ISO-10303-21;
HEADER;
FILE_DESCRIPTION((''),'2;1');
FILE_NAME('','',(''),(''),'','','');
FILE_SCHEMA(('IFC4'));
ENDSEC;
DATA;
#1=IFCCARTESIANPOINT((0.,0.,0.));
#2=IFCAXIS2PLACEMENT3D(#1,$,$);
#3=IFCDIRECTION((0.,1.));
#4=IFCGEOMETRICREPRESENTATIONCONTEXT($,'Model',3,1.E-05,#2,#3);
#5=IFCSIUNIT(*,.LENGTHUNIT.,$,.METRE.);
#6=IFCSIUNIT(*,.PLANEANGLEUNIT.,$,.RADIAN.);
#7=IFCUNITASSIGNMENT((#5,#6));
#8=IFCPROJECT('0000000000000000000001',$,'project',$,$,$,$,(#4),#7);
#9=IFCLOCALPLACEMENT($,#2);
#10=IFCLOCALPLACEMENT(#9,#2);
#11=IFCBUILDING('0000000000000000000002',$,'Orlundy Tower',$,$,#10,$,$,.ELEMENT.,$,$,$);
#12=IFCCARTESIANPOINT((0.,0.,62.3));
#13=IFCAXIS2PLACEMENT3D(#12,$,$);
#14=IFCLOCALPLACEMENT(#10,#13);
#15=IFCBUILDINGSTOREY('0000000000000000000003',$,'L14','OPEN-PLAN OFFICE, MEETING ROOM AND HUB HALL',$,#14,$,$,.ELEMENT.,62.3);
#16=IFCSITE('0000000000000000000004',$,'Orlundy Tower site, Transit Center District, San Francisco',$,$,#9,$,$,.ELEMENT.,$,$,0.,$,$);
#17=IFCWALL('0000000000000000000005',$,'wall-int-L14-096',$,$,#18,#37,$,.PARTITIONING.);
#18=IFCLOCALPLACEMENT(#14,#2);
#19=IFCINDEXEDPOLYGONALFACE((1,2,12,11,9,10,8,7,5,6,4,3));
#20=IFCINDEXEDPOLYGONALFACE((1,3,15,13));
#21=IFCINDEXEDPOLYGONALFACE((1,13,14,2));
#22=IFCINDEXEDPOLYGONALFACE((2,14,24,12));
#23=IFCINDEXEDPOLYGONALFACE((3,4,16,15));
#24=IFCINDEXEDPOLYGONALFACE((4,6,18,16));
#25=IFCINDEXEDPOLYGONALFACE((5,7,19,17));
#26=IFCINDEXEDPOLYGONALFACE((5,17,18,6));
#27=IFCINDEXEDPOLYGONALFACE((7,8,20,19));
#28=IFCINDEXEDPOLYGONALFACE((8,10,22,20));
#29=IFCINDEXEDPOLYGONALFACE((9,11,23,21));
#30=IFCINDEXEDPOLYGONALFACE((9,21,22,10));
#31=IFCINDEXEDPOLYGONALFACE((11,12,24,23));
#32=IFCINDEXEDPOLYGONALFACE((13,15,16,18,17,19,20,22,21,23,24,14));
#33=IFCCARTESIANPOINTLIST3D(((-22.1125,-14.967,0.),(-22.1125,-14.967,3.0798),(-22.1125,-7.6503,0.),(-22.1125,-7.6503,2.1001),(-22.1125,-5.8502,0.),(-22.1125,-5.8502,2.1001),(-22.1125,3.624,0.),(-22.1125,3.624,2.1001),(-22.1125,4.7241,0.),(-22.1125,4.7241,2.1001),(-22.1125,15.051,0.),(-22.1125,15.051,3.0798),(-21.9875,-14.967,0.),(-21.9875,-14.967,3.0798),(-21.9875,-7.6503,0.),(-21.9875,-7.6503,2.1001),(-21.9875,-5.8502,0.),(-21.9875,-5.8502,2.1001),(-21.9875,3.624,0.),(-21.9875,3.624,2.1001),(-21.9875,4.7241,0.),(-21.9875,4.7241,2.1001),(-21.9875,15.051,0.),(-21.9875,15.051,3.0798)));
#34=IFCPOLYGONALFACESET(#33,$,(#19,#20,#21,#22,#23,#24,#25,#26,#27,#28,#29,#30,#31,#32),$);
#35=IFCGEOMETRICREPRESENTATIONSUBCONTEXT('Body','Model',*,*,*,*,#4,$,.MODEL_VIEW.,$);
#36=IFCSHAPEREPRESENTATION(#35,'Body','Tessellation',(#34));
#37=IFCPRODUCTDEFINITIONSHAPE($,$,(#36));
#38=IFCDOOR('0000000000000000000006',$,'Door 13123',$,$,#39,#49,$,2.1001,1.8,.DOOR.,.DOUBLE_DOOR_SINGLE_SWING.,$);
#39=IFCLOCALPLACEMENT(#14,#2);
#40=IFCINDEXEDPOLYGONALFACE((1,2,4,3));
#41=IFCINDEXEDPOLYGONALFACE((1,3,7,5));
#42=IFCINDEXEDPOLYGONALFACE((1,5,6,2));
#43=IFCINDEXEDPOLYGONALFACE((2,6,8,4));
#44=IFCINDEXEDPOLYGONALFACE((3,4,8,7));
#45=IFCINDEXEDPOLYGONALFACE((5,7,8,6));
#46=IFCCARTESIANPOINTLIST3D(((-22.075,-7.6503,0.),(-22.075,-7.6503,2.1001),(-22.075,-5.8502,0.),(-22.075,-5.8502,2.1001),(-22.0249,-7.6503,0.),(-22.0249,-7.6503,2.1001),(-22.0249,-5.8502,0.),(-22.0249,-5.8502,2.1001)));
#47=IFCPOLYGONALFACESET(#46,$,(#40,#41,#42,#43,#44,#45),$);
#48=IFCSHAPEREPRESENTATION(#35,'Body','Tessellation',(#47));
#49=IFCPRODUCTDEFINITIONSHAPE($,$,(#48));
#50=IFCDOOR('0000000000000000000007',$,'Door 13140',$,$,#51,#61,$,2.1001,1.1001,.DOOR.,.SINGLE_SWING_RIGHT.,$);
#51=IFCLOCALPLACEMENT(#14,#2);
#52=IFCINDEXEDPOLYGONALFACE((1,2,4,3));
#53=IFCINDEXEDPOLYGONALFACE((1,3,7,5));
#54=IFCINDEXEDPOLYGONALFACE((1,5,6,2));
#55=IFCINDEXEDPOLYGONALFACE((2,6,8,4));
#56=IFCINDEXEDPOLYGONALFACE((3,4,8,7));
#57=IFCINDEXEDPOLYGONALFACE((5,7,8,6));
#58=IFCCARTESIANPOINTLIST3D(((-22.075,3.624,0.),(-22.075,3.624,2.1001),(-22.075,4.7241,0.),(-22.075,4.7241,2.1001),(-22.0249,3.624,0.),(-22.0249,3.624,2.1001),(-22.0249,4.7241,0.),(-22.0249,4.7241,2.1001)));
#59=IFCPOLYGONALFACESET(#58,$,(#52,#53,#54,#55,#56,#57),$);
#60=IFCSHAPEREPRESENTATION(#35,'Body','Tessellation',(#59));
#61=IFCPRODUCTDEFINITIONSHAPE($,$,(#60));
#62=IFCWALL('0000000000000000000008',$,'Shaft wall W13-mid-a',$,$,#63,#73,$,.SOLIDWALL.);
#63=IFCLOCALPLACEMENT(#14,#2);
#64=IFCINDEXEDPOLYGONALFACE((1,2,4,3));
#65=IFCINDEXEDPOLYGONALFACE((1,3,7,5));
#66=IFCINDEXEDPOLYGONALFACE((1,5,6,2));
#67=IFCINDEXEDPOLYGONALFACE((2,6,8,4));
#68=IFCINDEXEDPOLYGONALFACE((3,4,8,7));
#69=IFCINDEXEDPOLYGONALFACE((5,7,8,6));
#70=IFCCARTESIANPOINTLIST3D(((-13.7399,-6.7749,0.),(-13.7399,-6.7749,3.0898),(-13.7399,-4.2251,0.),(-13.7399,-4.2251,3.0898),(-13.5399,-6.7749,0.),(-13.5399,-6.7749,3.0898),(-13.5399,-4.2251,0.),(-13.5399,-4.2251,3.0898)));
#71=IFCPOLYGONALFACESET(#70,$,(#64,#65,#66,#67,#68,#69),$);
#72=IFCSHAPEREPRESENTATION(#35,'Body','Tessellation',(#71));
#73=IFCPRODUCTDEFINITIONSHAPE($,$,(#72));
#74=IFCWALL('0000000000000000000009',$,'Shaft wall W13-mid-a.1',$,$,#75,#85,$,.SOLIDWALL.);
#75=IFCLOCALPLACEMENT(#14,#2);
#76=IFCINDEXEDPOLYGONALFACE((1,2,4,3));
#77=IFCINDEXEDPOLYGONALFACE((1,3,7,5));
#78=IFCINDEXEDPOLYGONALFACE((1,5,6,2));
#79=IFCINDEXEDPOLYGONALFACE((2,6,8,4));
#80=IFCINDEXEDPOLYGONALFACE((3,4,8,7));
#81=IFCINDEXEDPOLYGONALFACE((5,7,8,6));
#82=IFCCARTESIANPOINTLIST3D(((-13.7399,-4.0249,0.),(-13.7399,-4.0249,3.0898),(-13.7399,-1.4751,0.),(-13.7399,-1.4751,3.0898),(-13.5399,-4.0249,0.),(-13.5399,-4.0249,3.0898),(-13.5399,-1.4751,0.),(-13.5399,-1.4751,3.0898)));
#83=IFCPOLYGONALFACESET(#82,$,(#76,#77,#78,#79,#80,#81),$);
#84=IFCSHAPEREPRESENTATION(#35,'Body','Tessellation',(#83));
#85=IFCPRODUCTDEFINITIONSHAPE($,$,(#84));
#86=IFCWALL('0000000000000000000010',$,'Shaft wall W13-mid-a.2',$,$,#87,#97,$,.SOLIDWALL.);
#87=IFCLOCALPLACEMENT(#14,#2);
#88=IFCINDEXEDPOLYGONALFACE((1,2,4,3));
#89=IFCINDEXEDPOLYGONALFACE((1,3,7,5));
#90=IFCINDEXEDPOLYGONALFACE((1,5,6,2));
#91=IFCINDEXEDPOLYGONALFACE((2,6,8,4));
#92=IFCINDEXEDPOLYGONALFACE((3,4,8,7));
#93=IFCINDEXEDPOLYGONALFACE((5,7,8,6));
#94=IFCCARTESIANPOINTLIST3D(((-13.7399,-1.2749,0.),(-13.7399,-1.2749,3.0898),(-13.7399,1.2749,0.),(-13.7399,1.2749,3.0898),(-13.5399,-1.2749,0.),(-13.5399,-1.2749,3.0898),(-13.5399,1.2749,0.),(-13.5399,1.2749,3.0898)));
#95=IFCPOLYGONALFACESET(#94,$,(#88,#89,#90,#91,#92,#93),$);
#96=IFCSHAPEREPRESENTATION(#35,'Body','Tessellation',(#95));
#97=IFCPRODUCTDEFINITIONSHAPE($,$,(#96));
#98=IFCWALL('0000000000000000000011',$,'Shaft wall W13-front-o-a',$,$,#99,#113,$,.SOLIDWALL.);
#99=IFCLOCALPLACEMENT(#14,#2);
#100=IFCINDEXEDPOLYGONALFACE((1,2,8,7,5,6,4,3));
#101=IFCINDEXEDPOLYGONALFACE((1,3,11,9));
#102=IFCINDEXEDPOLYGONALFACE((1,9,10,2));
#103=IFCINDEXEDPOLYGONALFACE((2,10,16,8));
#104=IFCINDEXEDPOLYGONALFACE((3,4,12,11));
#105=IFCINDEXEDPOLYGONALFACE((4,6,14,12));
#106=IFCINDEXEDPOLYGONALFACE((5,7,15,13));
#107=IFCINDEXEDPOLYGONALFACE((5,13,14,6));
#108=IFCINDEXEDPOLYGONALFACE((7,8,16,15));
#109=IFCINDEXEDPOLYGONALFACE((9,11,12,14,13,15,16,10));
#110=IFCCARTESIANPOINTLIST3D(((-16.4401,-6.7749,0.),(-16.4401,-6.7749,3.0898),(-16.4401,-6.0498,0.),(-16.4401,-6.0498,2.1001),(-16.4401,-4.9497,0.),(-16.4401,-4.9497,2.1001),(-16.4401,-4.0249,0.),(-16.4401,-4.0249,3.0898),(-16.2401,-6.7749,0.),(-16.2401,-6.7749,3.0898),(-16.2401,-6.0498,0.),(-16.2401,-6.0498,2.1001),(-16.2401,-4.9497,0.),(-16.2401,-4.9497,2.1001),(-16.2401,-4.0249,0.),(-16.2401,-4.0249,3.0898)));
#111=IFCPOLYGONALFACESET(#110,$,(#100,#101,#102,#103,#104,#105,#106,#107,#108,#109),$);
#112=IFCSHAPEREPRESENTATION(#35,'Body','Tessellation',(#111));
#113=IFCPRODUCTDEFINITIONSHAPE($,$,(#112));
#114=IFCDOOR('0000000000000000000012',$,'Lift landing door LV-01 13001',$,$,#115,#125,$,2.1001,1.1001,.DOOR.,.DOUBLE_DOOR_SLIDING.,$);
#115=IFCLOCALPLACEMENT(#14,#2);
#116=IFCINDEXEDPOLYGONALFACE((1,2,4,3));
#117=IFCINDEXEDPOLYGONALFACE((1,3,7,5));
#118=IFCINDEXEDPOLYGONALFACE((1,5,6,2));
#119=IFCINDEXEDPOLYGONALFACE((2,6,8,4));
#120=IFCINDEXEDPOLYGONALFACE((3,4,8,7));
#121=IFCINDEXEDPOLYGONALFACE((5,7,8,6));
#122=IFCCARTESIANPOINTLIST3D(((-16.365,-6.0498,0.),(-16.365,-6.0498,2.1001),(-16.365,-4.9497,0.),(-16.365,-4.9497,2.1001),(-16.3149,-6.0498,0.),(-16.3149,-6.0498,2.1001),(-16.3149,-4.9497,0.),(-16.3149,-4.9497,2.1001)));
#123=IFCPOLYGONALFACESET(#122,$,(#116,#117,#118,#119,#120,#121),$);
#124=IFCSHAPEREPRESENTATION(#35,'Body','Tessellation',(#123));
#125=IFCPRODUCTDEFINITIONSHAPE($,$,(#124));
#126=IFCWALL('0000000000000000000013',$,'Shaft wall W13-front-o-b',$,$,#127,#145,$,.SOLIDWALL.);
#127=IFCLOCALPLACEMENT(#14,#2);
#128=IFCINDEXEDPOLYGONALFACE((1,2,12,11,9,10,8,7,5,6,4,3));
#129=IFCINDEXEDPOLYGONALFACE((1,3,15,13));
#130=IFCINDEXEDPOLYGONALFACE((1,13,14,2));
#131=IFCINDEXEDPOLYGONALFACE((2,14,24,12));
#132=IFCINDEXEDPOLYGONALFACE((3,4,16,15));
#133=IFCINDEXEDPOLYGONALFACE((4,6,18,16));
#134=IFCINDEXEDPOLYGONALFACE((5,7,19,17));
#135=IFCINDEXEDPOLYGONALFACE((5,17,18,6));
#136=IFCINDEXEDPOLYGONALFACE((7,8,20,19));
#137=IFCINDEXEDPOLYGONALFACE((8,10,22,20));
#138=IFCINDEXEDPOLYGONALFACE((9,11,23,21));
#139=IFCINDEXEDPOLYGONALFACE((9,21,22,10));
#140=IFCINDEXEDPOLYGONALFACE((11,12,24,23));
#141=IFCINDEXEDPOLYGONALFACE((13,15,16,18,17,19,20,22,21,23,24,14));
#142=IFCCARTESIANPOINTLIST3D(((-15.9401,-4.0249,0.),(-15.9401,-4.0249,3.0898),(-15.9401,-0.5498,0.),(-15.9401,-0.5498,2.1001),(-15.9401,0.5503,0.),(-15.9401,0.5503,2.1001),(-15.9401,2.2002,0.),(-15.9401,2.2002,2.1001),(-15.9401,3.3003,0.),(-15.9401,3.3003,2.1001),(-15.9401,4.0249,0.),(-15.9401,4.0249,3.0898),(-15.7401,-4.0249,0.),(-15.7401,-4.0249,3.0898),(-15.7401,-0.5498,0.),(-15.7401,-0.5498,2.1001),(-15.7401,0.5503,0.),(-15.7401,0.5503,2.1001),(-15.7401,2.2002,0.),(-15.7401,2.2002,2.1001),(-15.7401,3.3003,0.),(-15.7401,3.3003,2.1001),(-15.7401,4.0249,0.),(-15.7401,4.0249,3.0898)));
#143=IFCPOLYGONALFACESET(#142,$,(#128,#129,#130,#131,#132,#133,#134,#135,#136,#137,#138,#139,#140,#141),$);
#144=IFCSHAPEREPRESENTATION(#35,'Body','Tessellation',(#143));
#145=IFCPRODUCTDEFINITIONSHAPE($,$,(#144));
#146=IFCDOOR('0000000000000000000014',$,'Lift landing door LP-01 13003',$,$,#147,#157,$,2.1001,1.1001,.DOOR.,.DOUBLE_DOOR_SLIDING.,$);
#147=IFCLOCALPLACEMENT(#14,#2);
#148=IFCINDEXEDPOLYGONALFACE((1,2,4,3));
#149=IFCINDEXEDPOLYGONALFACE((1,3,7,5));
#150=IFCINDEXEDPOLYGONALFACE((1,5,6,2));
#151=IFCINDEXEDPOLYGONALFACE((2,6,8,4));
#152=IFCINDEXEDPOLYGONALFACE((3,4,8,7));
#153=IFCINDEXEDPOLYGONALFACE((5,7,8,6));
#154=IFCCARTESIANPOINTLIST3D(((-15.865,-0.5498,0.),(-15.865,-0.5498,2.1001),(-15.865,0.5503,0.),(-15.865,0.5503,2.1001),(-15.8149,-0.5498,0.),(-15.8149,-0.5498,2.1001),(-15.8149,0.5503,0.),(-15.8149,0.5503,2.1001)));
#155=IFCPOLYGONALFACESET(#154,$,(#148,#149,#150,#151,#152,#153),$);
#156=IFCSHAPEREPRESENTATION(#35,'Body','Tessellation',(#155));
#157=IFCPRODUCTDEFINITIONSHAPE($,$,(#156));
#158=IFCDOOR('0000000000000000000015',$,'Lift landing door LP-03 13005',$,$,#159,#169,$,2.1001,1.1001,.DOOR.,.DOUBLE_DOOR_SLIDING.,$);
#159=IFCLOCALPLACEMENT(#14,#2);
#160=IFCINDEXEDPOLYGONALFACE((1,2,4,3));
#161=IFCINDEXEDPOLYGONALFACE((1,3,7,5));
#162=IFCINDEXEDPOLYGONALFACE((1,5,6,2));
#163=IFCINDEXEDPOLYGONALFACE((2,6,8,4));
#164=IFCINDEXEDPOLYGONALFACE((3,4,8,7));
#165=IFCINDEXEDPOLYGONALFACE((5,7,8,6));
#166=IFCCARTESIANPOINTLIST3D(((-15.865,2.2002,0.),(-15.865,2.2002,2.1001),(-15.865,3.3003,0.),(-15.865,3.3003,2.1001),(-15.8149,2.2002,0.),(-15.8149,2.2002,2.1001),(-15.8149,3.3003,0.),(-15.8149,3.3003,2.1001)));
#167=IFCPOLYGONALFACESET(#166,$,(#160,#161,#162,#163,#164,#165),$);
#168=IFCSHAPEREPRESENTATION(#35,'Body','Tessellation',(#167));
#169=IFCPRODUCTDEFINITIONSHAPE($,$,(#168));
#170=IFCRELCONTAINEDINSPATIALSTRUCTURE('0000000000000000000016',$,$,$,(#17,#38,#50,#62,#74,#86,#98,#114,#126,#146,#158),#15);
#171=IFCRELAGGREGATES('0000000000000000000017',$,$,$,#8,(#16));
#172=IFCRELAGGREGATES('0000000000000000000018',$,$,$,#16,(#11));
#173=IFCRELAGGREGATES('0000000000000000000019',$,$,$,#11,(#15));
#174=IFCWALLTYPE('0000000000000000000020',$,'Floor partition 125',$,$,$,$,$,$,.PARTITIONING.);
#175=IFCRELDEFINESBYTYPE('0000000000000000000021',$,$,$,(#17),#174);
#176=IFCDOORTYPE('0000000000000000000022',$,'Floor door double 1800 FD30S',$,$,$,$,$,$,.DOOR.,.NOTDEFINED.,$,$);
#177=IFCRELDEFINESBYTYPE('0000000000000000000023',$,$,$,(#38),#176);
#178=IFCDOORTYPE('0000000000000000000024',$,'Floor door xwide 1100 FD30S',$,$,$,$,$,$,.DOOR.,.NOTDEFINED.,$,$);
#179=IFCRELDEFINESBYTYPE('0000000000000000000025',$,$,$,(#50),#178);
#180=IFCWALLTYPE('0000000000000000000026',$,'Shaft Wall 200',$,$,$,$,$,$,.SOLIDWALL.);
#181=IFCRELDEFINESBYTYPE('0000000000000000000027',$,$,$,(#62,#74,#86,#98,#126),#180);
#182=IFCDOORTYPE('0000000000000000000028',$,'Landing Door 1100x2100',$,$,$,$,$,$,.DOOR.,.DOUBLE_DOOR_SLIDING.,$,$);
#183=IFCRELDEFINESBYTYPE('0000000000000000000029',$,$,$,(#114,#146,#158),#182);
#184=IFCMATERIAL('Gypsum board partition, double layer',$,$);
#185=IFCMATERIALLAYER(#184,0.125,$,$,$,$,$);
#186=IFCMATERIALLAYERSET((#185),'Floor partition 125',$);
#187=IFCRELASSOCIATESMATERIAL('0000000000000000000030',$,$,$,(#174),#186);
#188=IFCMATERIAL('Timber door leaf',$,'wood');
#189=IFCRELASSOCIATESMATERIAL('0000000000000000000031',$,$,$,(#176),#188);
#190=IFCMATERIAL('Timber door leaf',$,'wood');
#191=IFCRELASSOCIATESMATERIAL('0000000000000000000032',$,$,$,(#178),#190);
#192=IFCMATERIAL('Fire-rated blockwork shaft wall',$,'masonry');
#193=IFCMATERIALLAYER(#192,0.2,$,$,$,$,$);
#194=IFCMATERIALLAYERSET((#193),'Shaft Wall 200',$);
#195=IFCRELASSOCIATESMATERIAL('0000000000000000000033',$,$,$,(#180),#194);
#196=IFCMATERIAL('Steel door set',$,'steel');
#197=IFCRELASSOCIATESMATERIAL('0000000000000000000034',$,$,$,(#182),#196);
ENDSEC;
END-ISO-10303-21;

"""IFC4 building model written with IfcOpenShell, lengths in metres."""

from ifc_helpers import new_model, si_unit, direction, frame, frame_2d, origin, place, context, subcontext, project, spatial, rectangle, extrude, material, layer, layer_set, type_object, element, fill, save


model = new_model("IFC4")

# Units and contexts
model_context = context("Model", 3, precision=1e-05, world=origin(), true_north=direction((0.0, 1.0)))
body_context = subcontext(model_context, "Body", "Model", "MODEL_VIEW")
ifc_project = project(units=[si_unit("LENGTHUNIT", "METRE"), si_unit("PLANEANGLEUNIT", "RADIAN")], contexts=[model_context])

# Site, building, storey
site_placement = place(None, origin())
site = spatial("IfcSite", under=ifc_project, at=site_placement, Name="Orlundy Tower site, Transit Center District, San Francisco", CompositionType="ELEMENT", RefElevation=0.0)
building_placement = place(site_placement, origin())
building = spatial("IfcBuilding", under=site, at=building_placement, Name="Orlundy Tower", CompositionType="ELEMENT")
storey_placement = place(building_placement, frame((0.0, 0.0, 62.3)))
storey = spatial("IfcBuildingStorey", under=building, at=storey_placement, Name="L14", Description="OPEN-PLAN OFFICE, MEETING ROOM AND HUB HALL", CompositionType="ELEMENT", Elevation=62.3)

# Shared definitions
ifc_material_1 = material(Name="Gypsum board partition, double layer")
ifc_layer_1 = layer(ifc_material_1, 0.125)
ifc_layer_set_1 = layer_set([ifc_layer_1], Name="Floor partition 125")
wall_type_1 = type_object("IfcWallType", Name="Floor partition 125", PredefinedType="PARTITIONING", material=ifc_layer_set_1)

# Wall, openings, doors
wall_1_placement = place(storey_placement, frame((-22.05, -14.967, 0.0), z_axis=(0.0, 0.0, 1.0), x_axis=(0.0, 1.0, 0.0)))
wall_1 = element("IfcWall", 1, at=wall_1_placement, inside=storey, type_object=wall_type_1, Name="wall-int-L14-096", PredefinedType="PARTITIONING", context=body_context, shape_type="SweptSolid", body=[
    extrude(rectangle(XDim=30.0181, YDim=0.125, at=frame_2d((15.009, 0.0))), origin(), (0.0, 0.0, 1.0), 3.0798),
])
opening_1_placement = place(wall_1_placement, frame((7.3169, 0.0, 0.0)))
opening_1 = element("IfcOpeningElement", 2, at=opening_1_placement, cuts=wall_1, PredefinedType="OPENING", context=body_context, shape_type="SweptSolid", body=[
    extrude(rectangle(XDim=1.8, YDim=2.1001, at=frame_2d((0.8999, 1.05))), frame((0.0, 0.0725, 0.0), z_axis=(0.0, -1.0, 0.0), x_axis=(1.0, 0.0, 0.0)), (0.0, 0.0, 1.0), 0.145),
])
opening_2_placement = place(wall_1_placement, frame((18.5911, 0.0, 0.0)))
opening_2 = element("IfcOpeningElement", 3, at=opening_2_placement, cuts=wall_1, PredefinedType="OPENING", context=body_context, shape_type="SweptSolid", body=[
    extrude(rectangle(XDim=1.1001, YDim=2.1001, at=frame_2d((0.55, 1.05))), frame((0.0, 0.0725, 0.0), z_axis=(0.0, -1.0, 0.0), x_axis=(1.0, 0.0, 0.0)), (0.0, 0.0, 1.0), 0.145),
])
ifc_material_2 = material(Name="Timber door leaf", Category="wood")
door_type_1 = type_object("IfcDoorType", Name="Floor door double 1800 FD30S", OperationType="NOTDEFINED", PredefinedType="DOOR", material=ifc_material_2)
door_1_placement = place(opening_1_placement, origin())
door_1 = element("IfcDoor", 4, at=door_1_placement, inside=storey, type_object=door_type_1, Name="Door 13123", OperationType="DOUBLE_DOOR_SINGLE_SWING", OverallHeight=2.1001, OverallWidth=1.8, PredefinedType="DOOR", context=body_context, shape_type="SweptSolid", body=[
    extrude(rectangle(XDim=1.8, YDim=2.1001, at=frame_2d((0.8999, 1.05))), frame((0.0, 0.0249, 0.0), z_axis=(0.0, -1.0, 0.0), x_axis=(1.0, 0.0, 0.0)), (0.0, 0.0, 1.0), 0.05),
])
fill(opening_1, door_1)
ifc_material_3 = material(Name="Timber door leaf", Category="wood")
door_type_2 = type_object("IfcDoorType", Name="Floor door xwide 1100 FD30S", OperationType="NOTDEFINED", PredefinedType="DOOR", material=ifc_material_3)
door_2_placement = place(opening_2_placement, origin())
door_2 = element("IfcDoor", 5, at=door_2_placement, inside=storey, type_object=door_type_2, Name="Door 13140", OperationType="SINGLE_SWING_RIGHT", OverallHeight=2.1001, OverallWidth=1.1001, PredefinedType="DOOR", context=body_context, shape_type="SweptSolid", body=[
    extrude(rectangle(XDim=1.1001, YDim=2.1001, at=frame_2d((0.55, 1.05))), frame((0.0, 0.0249, 0.0), z_axis=(0.0, -1.0, 0.0), x_axis=(1.0, 0.0, 0.0)), (0.0, 0.0, 1.0), 0.05),
])
fill(opening_2, door_2)

# Walls
ifc_material_4 = material(Name="Fire-rated blockwork shaft wall", Category="masonry")
ifc_layer_2 = layer(ifc_material_4, 0.2)
ifc_layer_set_2 = layer_set([ifc_layer_2], Name="Shaft Wall 200")
wall_type_2 = type_object("IfcWallType", Name="Shaft Wall 200", PredefinedType="SOLIDWALL", material=ifc_layer_set_2)
for number, where, z_axis, x_axis, name in (
    (6, (-13.6399, -6.7749, 0.0), (0.0, 0.0, 1.0), (0.0, 1.0, 0.0), "Shaft wall W13-mid-a"),
    (7, (-13.6399, -4.0249, 0.0), (0.0, 0.0, 1.0), (0.0, 1.0, 0.0), "Shaft wall W13-mid-a.1"),
    (8, (-13.6399, -1.2749, 0.0), (0.0, 0.0, 1.0), (0.0, 1.0, 0.0), "Shaft wall W13-mid-a.2"),
):
    element("IfcWall", number, at=place(storey_placement, frame(where, z_axis=z_axis, x_axis=x_axis)), inside=storey, type_object=wall_type_2, Name=name, PredefinedType="SOLIDWALL", context=body_context, shape_type="SweptSolid", body=[
        extrude(rectangle(XDim=2.5498, YDim=0.2, at=frame_2d((1.2749, 0.0))), origin(), (0.0, 0.0, 1.0), 3.0898),
    ])

# Wall, opening, door
wall_2_placement = place(storey_placement, frame((-16.3401, -6.7749, 0.0), z_axis=(0.0, 0.0, 1.0), x_axis=(0.0, 1.0, 0.0)))
wall_2 = element("IfcWall", 9, at=wall_2_placement, inside=storey, type_object=wall_type_2, Name="Shaft wall W13-front-o-a", PredefinedType="SOLIDWALL", context=body_context, shape_type="SweptSolid", body=[
    extrude(rectangle(XDim=2.75, YDim=0.2, at=frame_2d((1.375, 0.0))), origin(), (0.0, 0.0, 1.0), 3.0898),
])
opening_3_placement = place(wall_2_placement, frame((0.7251, 0.0, 0.0)))
opening_3 = element("IfcOpeningElement", 10, at=opening_3_placement, cuts=wall_2, PredefinedType="OPENING", context=body_context, shape_type="SweptSolid", body=[
    extrude(rectangle(XDim=1.1001, YDim=2.1001, at=frame_2d((0.55, 1.05))), frame((0.0, 0.1101, 0.0), z_axis=(0.0, -1.0, 0.0), x_axis=(1.0, 0.0, 0.0)), (0.0, 0.0, 1.0), 0.2202),
])
ifc_material_5 = material(Name="Steel door set", Category="steel")
door_type_3 = type_object("IfcDoorType", Name="Landing Door 1100x2100", OperationType="DOUBLE_DOOR_SLIDING", PredefinedType="DOOR", material=ifc_material_5)
door_3_placement = place(opening_3_placement, origin())
door_3 = element("IfcDoor", 11, at=door_3_placement, inside=storey, type_object=door_type_3, Name="Lift landing door LV-01 13001", OperationType="DOUBLE_DOOR_SLIDING", OverallHeight=2.1001, OverallWidth=1.1001, PredefinedType="DOOR", context=body_context, shape_type="SweptSolid", body=[
    extrude(rectangle(XDim=1.1001, YDim=2.1001, at=frame_2d((0.55, 1.05))), frame((0.0, 0.0249, 0.0), z_axis=(0.0, -1.0, 0.0), x_axis=(1.0, 0.0, 0.0)), (0.0, 0.0, 1.0), 0.05),
])
fill(opening_3, door_3)

# Wall, openings, doors
wall_3_placement = place(storey_placement, frame((-15.8401, -4.0249, 0.0), z_axis=(0.0, 0.0, 1.0), x_axis=(0.0, 1.0, 0.0)))
wall_3 = element("IfcWall", 12, at=wall_3_placement, inside=storey, type_object=wall_type_2, Name="Shaft wall W13-front-o-b", PredefinedType="SOLIDWALL", context=body_context, shape_type="SweptSolid", body=[
    extrude(rectangle(XDim=8.0498, YDim=0.2, at=frame_2d((4.0249, 0.0))), origin(), (0.0, 0.0, 1.0), 3.0898),
])
opening_4_placement = place(wall_3_placement, frame((3.4751, 0.0, 0.0)))
opening_4 = element("IfcOpeningElement", 13, at=opening_4_placement, cuts=wall_3, PredefinedType="OPENING", context=body_context, shape_type="SweptSolid", body=[
    extrude(rectangle(XDim=1.1001, YDim=2.1001, at=frame_2d((0.55, 1.05))), frame((0.0, 0.1101, 0.0), z_axis=(0.0, -1.0, 0.0), x_axis=(1.0, 0.0, 0.0)), (0.0, 0.0, 1.0), 0.2202),
])
opening_5_placement = place(wall_3_placement, frame((6.2251, 0.0, 0.0)))
opening_5 = element("IfcOpeningElement", 14, at=opening_5_placement, cuts=wall_3, PredefinedType="OPENING", context=body_context, shape_type="SweptSolid", body=[
    extrude(rectangle(XDim=1.1001, YDim=2.1001, at=frame_2d((0.55, 1.05))), frame((0.0, 0.1101, 0.0), z_axis=(0.0, -1.0, 0.0), x_axis=(1.0, 0.0, 0.0)), (0.0, 0.0, 1.0), 0.2202),
])
door_4_placement = place(opening_4_placement, origin())
door_4 = element("IfcDoor", 15, at=door_4_placement, inside=storey, type_object=door_type_3, Name="Lift landing door LP-01 13003", OperationType="DOUBLE_DOOR_SLIDING", OverallHeight=2.1001, OverallWidth=1.1001, PredefinedType="DOOR", context=body_context, shape_type="SweptSolid", body=[
    extrude(rectangle(XDim=1.1001, YDim=2.1001, at=frame_2d((0.55, 1.05))), frame((0.0, 0.0249, 0.0), z_axis=(0.0, -1.0, 0.0), x_axis=(1.0, 0.0, 0.0)), (0.0, 0.0, 1.0), 0.05),
])
fill(opening_4, door_4)
door_5_placement = place(opening_5_placement, origin())
door_5 = element("IfcDoor", 16, at=door_5_placement, inside=storey, type_object=door_type_3, Name="Lift landing door LP-03 13005", OperationType="DOUBLE_DOOR_SLIDING", OverallHeight=2.1001, OverallWidth=1.1001, PredefinedType="DOOR", context=body_context, shape_type="SweptSolid", body=[
    extrude(rectangle(XDim=1.1001, YDim=2.1001, at=frame_2d((0.55, 1.05))), frame((0.0, 0.0249, 0.0), z_axis=(0.0, -1.0, 0.0), x_axis=(1.0, 0.0, 0.0)), (0.0, 0.0, 1.0), 0.05),
])
fill(opening_5, door_5)

save(model, "model.ifc")
